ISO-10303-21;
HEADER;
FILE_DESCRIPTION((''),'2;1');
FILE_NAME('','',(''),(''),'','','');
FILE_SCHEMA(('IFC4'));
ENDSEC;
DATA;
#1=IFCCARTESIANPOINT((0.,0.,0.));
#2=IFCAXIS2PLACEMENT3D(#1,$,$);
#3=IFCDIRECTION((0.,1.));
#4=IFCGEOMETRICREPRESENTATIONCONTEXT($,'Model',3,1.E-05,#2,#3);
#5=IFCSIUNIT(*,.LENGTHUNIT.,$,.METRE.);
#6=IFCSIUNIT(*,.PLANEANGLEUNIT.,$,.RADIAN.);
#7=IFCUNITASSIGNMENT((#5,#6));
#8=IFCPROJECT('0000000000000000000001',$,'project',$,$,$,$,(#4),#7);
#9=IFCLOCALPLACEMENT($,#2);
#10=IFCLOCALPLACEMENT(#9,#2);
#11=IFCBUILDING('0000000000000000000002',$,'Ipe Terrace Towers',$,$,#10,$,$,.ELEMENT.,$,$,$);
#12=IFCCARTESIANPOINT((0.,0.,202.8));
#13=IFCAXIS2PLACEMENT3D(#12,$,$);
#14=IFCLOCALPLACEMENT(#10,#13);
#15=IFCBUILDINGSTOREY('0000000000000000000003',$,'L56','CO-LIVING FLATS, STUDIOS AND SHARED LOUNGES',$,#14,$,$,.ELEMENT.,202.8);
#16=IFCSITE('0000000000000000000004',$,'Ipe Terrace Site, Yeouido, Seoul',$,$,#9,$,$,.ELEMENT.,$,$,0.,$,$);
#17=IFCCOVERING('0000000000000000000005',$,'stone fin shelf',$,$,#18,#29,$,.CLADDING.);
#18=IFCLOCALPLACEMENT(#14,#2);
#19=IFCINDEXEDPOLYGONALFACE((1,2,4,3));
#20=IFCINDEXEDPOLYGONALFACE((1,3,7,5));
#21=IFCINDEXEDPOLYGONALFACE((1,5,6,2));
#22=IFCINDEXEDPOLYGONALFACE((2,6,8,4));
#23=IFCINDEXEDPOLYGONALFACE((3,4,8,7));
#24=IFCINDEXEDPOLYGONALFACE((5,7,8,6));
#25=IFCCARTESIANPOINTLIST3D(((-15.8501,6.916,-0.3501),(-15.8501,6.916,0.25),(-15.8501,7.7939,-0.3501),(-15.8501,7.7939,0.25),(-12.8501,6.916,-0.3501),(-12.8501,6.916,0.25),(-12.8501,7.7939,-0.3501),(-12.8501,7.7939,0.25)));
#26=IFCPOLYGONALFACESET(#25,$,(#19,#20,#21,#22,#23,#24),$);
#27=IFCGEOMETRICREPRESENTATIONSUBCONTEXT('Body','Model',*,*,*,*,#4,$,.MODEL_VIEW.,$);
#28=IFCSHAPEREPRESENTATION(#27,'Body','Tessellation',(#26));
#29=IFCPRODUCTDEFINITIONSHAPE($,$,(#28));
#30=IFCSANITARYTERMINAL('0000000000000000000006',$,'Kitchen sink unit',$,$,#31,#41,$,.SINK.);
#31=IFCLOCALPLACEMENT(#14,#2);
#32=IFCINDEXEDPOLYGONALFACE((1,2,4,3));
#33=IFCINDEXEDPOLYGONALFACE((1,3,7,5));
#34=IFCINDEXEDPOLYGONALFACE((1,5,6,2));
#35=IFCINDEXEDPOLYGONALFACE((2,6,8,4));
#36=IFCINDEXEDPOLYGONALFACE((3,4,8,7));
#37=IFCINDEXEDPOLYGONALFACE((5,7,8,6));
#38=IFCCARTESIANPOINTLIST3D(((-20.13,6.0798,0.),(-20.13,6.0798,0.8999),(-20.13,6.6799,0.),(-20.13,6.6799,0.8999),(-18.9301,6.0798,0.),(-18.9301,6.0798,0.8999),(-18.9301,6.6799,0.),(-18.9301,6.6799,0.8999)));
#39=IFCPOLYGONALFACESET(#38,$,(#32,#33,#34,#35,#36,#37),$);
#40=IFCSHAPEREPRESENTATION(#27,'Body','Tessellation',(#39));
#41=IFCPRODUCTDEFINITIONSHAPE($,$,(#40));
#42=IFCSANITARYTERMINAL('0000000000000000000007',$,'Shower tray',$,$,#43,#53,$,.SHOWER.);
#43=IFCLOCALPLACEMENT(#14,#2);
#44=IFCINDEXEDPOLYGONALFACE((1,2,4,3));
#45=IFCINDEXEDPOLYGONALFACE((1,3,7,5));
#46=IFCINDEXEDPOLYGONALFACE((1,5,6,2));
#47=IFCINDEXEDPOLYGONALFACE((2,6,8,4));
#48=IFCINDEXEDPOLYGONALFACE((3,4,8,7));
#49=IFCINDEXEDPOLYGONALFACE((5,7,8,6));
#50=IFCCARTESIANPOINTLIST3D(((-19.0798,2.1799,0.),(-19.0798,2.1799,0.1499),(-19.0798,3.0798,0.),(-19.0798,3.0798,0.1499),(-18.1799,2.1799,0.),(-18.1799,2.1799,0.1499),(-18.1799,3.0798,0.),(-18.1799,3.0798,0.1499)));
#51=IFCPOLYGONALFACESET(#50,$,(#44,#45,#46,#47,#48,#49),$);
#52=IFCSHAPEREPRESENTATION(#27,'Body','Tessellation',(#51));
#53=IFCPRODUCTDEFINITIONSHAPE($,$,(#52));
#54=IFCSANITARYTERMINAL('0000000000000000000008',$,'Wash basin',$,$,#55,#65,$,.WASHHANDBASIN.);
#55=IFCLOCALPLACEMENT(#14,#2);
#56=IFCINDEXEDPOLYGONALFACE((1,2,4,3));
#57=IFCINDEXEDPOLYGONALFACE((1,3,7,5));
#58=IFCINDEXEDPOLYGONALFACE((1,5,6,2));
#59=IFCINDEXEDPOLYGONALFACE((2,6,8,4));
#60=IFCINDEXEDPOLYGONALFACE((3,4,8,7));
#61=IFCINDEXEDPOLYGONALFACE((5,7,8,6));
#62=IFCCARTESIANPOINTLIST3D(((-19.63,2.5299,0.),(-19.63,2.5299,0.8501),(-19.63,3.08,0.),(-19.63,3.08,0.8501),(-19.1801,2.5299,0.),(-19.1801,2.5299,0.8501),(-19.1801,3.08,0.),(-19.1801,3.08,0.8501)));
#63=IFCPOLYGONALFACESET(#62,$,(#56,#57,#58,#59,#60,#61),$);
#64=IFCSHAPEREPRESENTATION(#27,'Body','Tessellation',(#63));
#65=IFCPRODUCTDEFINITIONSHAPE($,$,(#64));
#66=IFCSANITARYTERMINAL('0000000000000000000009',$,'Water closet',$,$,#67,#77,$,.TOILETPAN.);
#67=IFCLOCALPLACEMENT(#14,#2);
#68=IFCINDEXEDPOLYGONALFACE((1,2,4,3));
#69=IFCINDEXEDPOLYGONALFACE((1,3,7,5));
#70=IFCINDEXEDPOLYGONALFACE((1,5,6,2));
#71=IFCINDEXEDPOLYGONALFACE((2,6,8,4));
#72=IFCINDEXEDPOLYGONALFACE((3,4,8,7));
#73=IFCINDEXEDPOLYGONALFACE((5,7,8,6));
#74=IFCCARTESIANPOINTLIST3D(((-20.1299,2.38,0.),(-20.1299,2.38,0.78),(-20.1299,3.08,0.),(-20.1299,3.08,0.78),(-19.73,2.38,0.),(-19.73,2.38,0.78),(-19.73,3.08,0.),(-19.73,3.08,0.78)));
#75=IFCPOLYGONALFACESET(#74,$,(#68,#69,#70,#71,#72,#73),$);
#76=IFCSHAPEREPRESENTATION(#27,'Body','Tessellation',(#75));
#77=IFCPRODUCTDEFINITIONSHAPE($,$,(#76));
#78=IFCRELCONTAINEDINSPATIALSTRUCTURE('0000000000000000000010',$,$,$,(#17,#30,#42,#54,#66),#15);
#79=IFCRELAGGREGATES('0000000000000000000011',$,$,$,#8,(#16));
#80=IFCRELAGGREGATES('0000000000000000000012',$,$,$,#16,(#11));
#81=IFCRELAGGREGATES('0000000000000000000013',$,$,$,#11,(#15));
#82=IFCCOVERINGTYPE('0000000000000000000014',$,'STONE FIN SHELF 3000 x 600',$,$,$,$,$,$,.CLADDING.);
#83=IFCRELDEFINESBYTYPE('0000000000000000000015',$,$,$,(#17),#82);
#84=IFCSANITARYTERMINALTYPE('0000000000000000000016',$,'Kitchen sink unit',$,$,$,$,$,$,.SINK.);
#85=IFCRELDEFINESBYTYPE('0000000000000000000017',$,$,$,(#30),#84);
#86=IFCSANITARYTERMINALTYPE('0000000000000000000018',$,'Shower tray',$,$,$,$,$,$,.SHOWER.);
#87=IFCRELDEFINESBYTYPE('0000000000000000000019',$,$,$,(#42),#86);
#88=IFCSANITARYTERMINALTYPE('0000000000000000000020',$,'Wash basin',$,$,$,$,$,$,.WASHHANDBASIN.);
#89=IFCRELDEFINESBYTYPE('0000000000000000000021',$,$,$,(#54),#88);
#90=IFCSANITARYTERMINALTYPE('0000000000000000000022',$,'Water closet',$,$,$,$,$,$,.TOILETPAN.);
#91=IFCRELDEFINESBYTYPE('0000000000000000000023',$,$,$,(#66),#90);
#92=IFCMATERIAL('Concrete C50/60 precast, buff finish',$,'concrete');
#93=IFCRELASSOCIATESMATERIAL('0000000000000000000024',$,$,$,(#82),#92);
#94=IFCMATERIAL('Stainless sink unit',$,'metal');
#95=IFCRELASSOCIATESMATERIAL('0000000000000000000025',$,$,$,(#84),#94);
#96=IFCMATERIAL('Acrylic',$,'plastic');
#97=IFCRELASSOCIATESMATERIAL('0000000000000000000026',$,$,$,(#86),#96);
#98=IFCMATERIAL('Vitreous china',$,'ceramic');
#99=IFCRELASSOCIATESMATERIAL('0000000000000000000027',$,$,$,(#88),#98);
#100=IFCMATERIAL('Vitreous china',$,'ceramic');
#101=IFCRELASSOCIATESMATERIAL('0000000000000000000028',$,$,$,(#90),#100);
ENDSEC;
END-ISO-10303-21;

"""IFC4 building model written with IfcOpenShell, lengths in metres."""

from ifc_helpers import new_model, si_unit, direction, frame, origin, origin_2d, place, context, subcontext, project, spatial, rectangle, extrude, material, type_object, element, save


model = new_model("IFC4")

# Units and contexts
model_context = context("Model", 3, precision=1e-05, world=origin(), true_north=direction((0.0, 1.0)))
body_context = subcontext(model_context, "Body", "Model", "MODEL_VIEW")
ifc_project = project(units=[si_unit("LENGTHUNIT", "METRE"), si_unit("PLANEANGLEUNIT", "RADIAN")], contexts=[model_context])

# Site, building, storey
site_placement = place(None, origin())
site = spatial("IfcSite", under=ifc_project, at=site_placement, Name="Ipe Terrace Site, Yeouido, Seoul", CompositionType="ELEMENT", RefElevation=0.0)
building_placement = place(site_placement, origin())
building = spatial("IfcBuilding", under=site, at=building_placement, Name="Ipe Terrace Towers", CompositionType="ELEMENT")
storey_placement = place(building_placement, frame((0.0, 0.0, 202.8)))
storey = spatial("IfcBuildingStorey", under=building, at=storey_placement, Name="L56", Description="CO-LIVING FLATS, STUDIOS AND SHARED LOUNGES", CompositionType="ELEMENT", Elevation=202.8)

# Covering
ifc_material_1 = material(Name="Concrete C50/60 precast, buff finish", Category="concrete")
covering_type_1 = type_object("IfcCoveringType", Name="STONE FIN SHELF 3000 x 600", PredefinedType="CLADDING", material=ifc_material_1)
covering_1_placement = place(storey_placement, frame((-14.3501, 7.355, -0.3501), z_axis=(0.0, 0.0, 1.0), x_axis=(-1.0, 0.0, 0.0)))
element("IfcCovering", 1, at=covering_1_placement, inside=storey, type_object=covering_type_1, Name="stone fin shelf", PredefinedType="CLADDING", context=body_context, shape_type="SweptSolid", body=[
    extrude(rectangle(XDim=3.0, YDim=0.8779, at=origin_2d()), origin(), (0.0, 0.0, 1.0), 0.6001),
])

# Sanitary terminals
ifc_material_2 = material(Name="Stainless sink unit", Category="metal")
sanitary_terminal_type_1 = type_object("IfcSanitaryTerminalType", Name="Kitchen sink unit", PredefinedType="SINK", material=ifc_material_2)
sanitary_terminal_1_placement = place(storey_placement, frame((-19.53, 6.3799, 0.0), z_axis=(0.0, 0.0, 1.0), x_axis=(1.0, 0.0, 0.0)))
element("IfcSanitaryTerminal", 2, at=sanitary_terminal_1_placement, inside=storey, type_object=sanitary_terminal_type_1, Name="Kitchen sink unit", PredefinedType="SINK", context=body_context, shape_type="SweptSolid", body=[
    extrude(rectangle(XDim=1.2, YDim=0.6001, at=origin_2d()), origin(), (0.0, 0.0, 1.0), 0.8999),
])
ifc_material_3 = material(Name="Acrylic", Category="plastic")
sanitary_terminal_type_2 = type_object("IfcSanitaryTerminalType", Name="Shower tray", PredefinedType="SHOWER", material=ifc_material_3)
sanitary_terminal_2_placement = place(storey_placement, frame((-18.6299, 2.6299, 0.0), z_axis=(0.0, 0.0, 1.0), x_axis=(0.0, -1.0, 0.0)))
element("IfcSanitaryTerminal", 3, at=sanitary_terminal_2_placement, inside=storey, type_object=sanitary_terminal_type_2, Name="Shower tray", PredefinedType="SHOWER", context=body_context, shape_type="SweptSolid", body=[
    extrude(rectangle(XDim=0.8999, YDim=0.8999, at=origin_2d()), origin(), (0.0, 0.0, 1.0), 0.1499),
])
ifc_material_4 = material(Name="Vitreous china", Category="ceramic")
sanitary_terminal_type_3 = type_object("IfcSanitaryTerminalType", Name="Wash basin", PredefinedType="WASHHANDBASIN", material=ifc_material_4)
sanitary_terminal_3_placement = place(storey_placement, frame((-19.405, 2.8049, 0.0), z_axis=(0.0, 0.0, 1.0), x_axis=(0.0, -1.0, 0.0)))
element("IfcSanitaryTerminal", 4, at=sanitary_terminal_3_placement, inside=storey, type_object=sanitary_terminal_type_3, Name="Wash basin", PredefinedType="WASHHANDBASIN", context=body_context, shape_type="SweptSolid", body=[
    extrude(rectangle(XDim=0.55, YDim=0.45, at=origin_2d()), origin(), (0.0, 0.0, 1.0), 0.8501),
])
ifc_material_5 = material(Name="Vitreous china", Category="ceramic")
sanitary_terminal_type_4 = type_object("IfcSanitaryTerminalType", Name="Water closet", PredefinedType="TOILETPAN", material=ifc_material_5)
sanitary_terminal_4_placement = place(storey_placement, frame((-19.9299, 2.73, 0.0), z_axis=(0.0, 0.0, 1.0), x_axis=(0.0, -1.0, 0.0)))
element("IfcSanitaryTerminal", 5, at=sanitary_terminal_4_placement, inside=storey, type_object=sanitary_terminal_type_4, Name="Water closet", PredefinedType="TOILETPAN", context=body_context, shape_type="SweptSolid", body=[
    extrude(rectangle(XDim=0.7, YDim=0.3999, at=origin_2d()), origin(), (0.0, 0.0, 1.0), 0.78),
])

save(model, "model.ifc")
